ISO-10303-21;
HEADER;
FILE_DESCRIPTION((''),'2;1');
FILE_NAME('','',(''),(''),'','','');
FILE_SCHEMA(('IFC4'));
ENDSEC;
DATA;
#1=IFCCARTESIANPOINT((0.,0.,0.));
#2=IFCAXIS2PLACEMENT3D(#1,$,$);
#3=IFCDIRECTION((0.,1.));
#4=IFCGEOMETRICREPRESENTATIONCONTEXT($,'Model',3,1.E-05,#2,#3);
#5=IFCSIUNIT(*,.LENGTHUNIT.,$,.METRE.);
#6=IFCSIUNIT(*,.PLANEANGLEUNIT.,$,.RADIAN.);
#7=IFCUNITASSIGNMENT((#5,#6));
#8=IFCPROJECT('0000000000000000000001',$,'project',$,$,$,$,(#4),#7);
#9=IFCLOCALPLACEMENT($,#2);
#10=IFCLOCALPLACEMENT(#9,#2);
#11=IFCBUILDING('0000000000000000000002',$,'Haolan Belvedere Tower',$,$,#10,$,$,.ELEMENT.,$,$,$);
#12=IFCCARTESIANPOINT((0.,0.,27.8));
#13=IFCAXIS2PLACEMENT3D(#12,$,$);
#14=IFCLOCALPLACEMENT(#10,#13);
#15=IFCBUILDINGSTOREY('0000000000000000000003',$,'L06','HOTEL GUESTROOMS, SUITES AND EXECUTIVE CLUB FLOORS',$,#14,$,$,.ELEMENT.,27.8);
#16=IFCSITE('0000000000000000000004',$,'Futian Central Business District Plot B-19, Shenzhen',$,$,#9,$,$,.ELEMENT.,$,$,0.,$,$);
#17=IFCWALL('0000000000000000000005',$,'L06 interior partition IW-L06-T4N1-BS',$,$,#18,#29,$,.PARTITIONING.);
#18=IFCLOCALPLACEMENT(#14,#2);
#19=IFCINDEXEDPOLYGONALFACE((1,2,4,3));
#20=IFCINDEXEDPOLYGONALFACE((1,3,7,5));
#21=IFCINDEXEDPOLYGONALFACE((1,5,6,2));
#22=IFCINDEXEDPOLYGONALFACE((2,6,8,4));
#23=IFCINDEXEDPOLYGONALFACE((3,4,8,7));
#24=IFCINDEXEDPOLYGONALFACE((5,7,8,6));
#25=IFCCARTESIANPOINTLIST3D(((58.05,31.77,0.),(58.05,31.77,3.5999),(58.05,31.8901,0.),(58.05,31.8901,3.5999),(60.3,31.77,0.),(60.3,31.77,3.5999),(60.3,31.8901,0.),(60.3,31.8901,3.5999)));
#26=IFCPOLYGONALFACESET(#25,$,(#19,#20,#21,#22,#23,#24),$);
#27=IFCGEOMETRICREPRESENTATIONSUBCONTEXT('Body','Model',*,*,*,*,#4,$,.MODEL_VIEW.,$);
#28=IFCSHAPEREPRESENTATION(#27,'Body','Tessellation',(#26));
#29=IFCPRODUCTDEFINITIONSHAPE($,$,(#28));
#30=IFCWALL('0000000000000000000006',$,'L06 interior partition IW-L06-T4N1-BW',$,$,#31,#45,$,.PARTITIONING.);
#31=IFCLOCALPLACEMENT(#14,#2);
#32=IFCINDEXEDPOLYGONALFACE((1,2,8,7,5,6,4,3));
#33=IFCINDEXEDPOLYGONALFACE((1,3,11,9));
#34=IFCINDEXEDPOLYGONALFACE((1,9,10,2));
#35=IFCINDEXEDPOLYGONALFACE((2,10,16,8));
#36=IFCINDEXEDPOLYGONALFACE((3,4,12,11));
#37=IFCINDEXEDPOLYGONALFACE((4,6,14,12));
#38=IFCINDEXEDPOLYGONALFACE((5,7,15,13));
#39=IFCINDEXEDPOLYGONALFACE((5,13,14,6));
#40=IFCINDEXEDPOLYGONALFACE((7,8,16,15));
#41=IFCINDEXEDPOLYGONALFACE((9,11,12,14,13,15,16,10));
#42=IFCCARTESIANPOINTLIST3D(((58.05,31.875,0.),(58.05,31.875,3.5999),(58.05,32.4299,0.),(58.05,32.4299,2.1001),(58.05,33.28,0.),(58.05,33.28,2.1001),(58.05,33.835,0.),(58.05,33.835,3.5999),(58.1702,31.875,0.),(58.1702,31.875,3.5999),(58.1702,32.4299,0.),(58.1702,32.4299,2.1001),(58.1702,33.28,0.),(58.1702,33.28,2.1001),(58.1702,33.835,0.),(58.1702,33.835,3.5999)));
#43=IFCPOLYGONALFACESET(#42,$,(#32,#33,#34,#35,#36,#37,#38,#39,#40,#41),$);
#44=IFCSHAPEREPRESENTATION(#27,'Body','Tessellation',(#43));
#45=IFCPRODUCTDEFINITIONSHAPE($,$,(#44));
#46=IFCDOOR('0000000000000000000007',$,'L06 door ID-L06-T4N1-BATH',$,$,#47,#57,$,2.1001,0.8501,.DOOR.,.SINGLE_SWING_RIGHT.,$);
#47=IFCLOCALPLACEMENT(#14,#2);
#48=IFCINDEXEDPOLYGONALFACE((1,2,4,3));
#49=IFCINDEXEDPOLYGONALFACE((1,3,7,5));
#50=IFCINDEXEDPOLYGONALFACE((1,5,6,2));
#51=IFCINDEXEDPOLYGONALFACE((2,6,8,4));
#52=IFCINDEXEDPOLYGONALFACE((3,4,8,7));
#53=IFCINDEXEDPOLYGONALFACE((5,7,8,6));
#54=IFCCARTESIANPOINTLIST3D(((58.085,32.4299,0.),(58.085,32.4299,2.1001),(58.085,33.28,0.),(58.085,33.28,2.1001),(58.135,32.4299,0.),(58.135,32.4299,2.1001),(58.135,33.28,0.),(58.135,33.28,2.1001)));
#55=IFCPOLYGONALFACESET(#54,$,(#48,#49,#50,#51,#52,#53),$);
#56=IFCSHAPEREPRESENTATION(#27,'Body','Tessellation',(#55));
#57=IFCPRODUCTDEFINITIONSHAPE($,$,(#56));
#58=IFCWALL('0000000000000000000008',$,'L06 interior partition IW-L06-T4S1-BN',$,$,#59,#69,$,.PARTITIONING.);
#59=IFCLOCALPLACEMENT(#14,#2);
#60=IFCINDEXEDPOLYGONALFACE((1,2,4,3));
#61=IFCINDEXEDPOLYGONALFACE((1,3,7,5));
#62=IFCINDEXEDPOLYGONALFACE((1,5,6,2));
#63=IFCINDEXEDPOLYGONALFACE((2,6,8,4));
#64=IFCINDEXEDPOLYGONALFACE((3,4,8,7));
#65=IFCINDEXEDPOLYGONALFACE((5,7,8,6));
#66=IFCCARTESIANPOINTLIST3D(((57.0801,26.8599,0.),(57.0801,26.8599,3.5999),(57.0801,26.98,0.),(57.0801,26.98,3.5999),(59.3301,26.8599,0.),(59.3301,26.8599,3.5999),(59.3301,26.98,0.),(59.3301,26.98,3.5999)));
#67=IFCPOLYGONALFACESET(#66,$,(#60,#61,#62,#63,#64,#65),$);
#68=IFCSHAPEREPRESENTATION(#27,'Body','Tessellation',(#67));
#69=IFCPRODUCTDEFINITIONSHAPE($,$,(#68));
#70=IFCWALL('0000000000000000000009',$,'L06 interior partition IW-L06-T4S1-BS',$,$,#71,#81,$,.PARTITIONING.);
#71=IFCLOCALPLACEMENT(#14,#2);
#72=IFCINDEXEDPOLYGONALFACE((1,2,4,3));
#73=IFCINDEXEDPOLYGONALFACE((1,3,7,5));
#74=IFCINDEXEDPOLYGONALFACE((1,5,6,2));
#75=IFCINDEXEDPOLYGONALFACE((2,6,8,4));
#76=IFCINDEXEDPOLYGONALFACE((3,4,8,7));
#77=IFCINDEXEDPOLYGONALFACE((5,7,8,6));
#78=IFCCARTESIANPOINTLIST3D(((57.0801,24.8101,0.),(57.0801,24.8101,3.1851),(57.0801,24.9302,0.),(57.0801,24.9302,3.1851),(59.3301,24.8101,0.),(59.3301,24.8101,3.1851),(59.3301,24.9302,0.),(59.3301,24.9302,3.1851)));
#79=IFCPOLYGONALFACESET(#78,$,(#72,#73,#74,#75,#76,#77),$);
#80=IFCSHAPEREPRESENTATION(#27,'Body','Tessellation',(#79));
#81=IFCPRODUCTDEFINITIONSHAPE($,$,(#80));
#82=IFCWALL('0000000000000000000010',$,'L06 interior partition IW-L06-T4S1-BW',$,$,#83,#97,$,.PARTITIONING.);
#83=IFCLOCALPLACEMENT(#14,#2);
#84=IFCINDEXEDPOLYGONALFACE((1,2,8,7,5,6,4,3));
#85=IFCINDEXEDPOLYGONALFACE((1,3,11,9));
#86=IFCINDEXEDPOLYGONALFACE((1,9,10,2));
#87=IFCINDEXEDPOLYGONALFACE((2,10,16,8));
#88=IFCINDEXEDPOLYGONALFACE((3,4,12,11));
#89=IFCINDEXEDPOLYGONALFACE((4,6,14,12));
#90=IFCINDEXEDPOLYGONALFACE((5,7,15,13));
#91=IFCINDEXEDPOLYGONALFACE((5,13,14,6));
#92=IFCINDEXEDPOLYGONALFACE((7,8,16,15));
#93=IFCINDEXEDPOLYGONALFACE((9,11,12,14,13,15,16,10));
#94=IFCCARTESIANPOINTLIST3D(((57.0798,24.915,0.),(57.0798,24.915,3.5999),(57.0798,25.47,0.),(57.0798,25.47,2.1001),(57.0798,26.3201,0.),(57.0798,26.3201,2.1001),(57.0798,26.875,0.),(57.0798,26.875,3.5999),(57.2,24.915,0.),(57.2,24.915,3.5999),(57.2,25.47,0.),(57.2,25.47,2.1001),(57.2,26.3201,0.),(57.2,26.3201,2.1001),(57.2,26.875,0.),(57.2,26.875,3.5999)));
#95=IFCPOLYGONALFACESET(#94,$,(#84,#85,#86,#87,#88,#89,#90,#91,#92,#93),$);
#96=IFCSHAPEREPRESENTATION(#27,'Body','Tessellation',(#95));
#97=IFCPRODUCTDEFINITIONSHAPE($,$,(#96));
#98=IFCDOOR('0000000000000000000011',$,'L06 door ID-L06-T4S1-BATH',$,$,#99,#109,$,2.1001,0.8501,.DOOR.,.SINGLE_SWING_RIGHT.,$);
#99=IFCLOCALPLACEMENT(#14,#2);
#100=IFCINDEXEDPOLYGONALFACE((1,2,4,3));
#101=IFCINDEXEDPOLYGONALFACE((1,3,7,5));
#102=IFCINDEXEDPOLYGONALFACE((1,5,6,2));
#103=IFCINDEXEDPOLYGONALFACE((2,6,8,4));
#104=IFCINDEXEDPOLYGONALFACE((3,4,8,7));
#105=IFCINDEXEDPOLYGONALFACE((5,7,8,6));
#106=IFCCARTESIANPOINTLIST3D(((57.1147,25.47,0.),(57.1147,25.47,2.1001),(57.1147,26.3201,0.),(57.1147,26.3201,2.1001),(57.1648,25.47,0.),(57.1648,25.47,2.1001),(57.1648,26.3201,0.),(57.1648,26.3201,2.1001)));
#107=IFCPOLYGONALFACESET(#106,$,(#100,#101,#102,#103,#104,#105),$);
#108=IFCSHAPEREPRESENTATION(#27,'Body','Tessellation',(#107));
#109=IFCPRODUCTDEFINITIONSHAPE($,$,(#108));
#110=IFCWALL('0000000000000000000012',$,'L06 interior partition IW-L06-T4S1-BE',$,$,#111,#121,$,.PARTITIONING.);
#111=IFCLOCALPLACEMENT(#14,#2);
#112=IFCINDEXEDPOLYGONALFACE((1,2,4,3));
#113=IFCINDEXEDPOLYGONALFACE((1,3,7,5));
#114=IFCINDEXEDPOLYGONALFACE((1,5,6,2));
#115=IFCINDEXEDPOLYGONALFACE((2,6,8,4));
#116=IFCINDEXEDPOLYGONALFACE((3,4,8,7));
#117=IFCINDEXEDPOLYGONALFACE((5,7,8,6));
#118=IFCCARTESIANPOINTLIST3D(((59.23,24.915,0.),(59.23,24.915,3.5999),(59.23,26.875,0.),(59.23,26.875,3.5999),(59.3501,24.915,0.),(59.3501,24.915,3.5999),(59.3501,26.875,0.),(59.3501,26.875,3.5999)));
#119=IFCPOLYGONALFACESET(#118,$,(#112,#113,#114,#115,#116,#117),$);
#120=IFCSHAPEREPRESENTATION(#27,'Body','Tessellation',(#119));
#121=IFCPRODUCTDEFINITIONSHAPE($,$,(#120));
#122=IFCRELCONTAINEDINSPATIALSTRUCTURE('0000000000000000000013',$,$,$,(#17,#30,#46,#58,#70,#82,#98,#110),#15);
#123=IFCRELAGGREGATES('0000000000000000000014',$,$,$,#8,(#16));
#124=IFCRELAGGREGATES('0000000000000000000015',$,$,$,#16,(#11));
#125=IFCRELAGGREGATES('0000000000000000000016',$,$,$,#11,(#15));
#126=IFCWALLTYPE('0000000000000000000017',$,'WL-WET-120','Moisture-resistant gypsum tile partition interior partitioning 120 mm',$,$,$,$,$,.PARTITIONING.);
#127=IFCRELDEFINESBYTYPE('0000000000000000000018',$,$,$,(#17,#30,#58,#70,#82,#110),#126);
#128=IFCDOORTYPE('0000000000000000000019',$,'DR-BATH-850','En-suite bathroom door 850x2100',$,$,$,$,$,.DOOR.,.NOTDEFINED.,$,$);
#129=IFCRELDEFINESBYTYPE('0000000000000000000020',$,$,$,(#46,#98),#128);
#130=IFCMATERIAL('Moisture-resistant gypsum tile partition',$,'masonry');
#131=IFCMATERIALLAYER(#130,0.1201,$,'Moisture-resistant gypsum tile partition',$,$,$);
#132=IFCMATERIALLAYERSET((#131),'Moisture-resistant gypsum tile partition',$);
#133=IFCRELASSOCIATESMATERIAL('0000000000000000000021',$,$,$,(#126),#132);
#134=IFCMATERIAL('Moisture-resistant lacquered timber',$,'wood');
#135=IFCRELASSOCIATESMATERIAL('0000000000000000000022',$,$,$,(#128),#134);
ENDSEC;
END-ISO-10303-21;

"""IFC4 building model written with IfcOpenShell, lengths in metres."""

from ifc_helpers import new_model, si_unit, direction, frame, frame_2d, origin, place, context, subcontext, project, spatial, rectangle, extrude, material, layer, layer_set, type_object, element, fill, save


model = new_model("IFC4")

# Units and contexts
model_context = context("Model", 3, precision=1e-05, world=origin(), true_north=direction((0.0, 1.0)))
body_context = subcontext(model_context, "Body", "Model", "MODEL_VIEW")
ifc_project = project(units=[si_unit("LENGTHUNIT", "METRE"), si_unit("PLANEANGLEUNIT", "RADIAN")], contexts=[model_context])

# Site, building, storey
site_placement = place(None, origin())
site = spatial("IfcSite", under=ifc_project, at=site_placement, Name="Futian Central Business District Plot B-19, Shenzhen", CompositionType="ELEMENT", RefElevation=0.0)
building_placement = place(site_placement, origin())
building = spatial("IfcBuilding", under=site, at=building_placement, Name="Haolan Belvedere Tower", CompositionType="ELEMENT")
storey_placement = place(building_placement, frame((0.0, 0.0, 27.8)))
storey = spatial("IfcBuildingStorey", under=building, at=storey_placement, Name="L06", Description="HOTEL GUESTROOMS, SUITES AND EXECUTIVE CLUB FLOORS", CompositionType="ELEMENT", Elevation=27.8)

# Wall
ifc_material_1 = material(Name="Moisture-resistant gypsum tile partition", Category="masonry")
ifc_layer_1 = layer(ifc_material_1, 0.1201, Name="Moisture-resistant gypsum tile partition")
ifc_layer_set_1 = layer_set([ifc_layer_1], Name="Moisture-resistant gypsum tile partition")
wall_type_1 = type_object("IfcWallType", Name="WL-WET-120", Description="Moisture-resistant gypsum tile partition interior partitioning 120 mm", PredefinedType="PARTITIONING", material=ifc_layer_set_1)
wall_1_placement = place(storey_placement, frame((58.05, 31.8301, 0.0), z_axis=(0.0, 0.0, 1.0), x_axis=(1.0, 0.0, 0.0)))
element("IfcWall", 1, at=wall_1_placement, inside=storey, type_object=wall_type_1, Name="L06 interior partition IW-L06-T4N1-BS", PredefinedType="PARTITIONING", context=body_context, shape_type="SweptSolid", body=[
    extrude(rectangle(XDim=2.25, YDim=0.1201, at=frame_2d((1.125, 0.0))), origin(), (0.0, 0.0, 1.0), 3.5999),
])

# Wall, opening, door
wall_2_placement = place(storey_placement, frame((58.1101, 31.875, 0.0), z_axis=(0.0, 0.0, 1.0), x_axis=(0.0, 1.0, 0.0)))
wall_2 = element("IfcWall", 2, at=wall_2_placement, inside=storey, type_object=wall_type_1, Name="L06 interior partition IW-L06-T4N1-BW", PredefinedType="PARTITIONING", context=body_context, shape_type="SweptSolid", body=[
    extrude(rectangle(XDim=1.96, YDim=0.1201, at=frame_2d((0.98, 0.0))), origin(), (0.0, 0.0, 1.0), 3.5999),
])
opening_1_placement = place(wall_2_placement, frame((1.405, 0.0, 0.0), z_axis=(0.0, 0.0, 1.0), x_axis=(-1.0, 0.0, 0.0)))
opening_1 = element("IfcOpeningElement", 3, at=opening_1_placement, cuts=wall_2, PredefinedType="OPENING", context=body_context, shape_type="SweptSolid", body=[
    extrude(rectangle(XDim=0.8501, YDim=2.1001, at=frame_2d((0.425, 1.05))), frame((0.0, 0.0701, 0.0), z_axis=(0.0, -1.0, 0.0), x_axis=(1.0, 0.0, 0.0)), (0.0, 0.0, 1.0), 0.1401),
])
ifc_material_2 = material(Name="Moisture-resistant lacquered timber", Category="wood")
door_type_1 = type_object("IfcDoorType", Name="DR-BATH-850", Description="En-suite bathroom door 850x2100", OperationType="NOTDEFINED", PredefinedType="DOOR", material=ifc_material_2)
door_1_placement = place(opening_1_placement, origin())
door_1 = element("IfcDoor", 4, at=door_1_placement, inside=storey, type_object=door_type_1, Name="L06 door ID-L06-T4N1-BATH", OperationType="SINGLE_SWING_RIGHT", OverallHeight=2.1001, OverallWidth=0.8501, PredefinedType="DOOR", context=body_context, shape_type="SweptSolid", body=[
    extrude(rectangle(XDim=0.8501, YDim=2.1001, at=frame_2d((0.425, 1.05))), frame((0.0, 0.0249, 0.0), z_axis=(0.0, -1.0, 0.0), x_axis=(1.0, 0.0, 0.0)), (0.0, 0.0, 1.0), 0.05),
])
fill(opening_1, door_1)

# Walls
wall_3_placement = place(storey_placement, frame((57.0801, 26.9199, 0.0), z_axis=(0.0, 0.0, 1.0), x_axis=(1.0, 0.0, 0.0)))
element("IfcWall", 5, at=wall_3_placement, inside=storey, type_object=wall_type_1, Name="L06 interior partition IW-L06-T4S1-BN", PredefinedType="PARTITIONING", context=body_context, shape_type="SweptSolid", body=[
    extrude(rectangle(XDim=2.25, YDim=0.1201, at=frame_2d((1.125, 0.0))), origin(), (0.0, 0.0, 1.0), 3.5999),
])
wall_4_placement = place(storey_placement, frame((57.0801, 24.8701, 0.0), z_axis=(0.0, 0.0, 1.0), x_axis=(1.0, 0.0, 0.0)))
element("IfcWall", 6, at=wall_4_placement, inside=storey, type_object=wall_type_1, Name="L06 interior partition IW-L06-T4S1-BS", PredefinedType="PARTITIONING", context=body_context, shape_type="SweptSolid", body=[
    extrude(rectangle(XDim=2.25, YDim=0.1201, at=frame_2d((1.125, 0.0))), origin(), (0.0, 0.0, 1.0), 3.1851),
])

# Wall, opening, door
wall_5_placement = place(storey_placement, frame((57.1399, 24.915, 0.0), z_axis=(0.0, 0.0, 1.0), x_axis=(0.0, 1.0, 0.0)))
wall_5 = element("IfcWall", 7, at=wall_5_placement, inside=storey, type_object=wall_type_1, Name="L06 interior partition IW-L06-T4S1-BW", PredefinedType="PARTITIONING", context=body_context, shape_type="SweptSolid", body=[
    extrude(rectangle(XDim=1.96, YDim=0.1201, at=frame_2d((0.98, 0.0))), origin(), (0.0, 0.0, 1.0), 3.5999),
])
opening_2_placement = place(wall_5_placement, frame((1.405, 0.0, 0.0), z_axis=(0.0, 0.0, 1.0), x_axis=(-1.0, 0.0, 0.0)))
opening_2 = element("IfcOpeningElement", 8, at=opening_2_placement, cuts=wall_5, PredefinedType="OPENING", context=body_context, shape_type="SweptSolid", body=[
    extrude(rectangle(XDim=0.8501, YDim=2.1001, at=frame_2d((0.425, 1.05))), frame((0.0, 0.0701, 0.0), z_axis=(0.0, -1.0, 0.0), x_axis=(1.0, 0.0, 0.0)), (0.0, 0.0, 1.0), 0.1401),
])
door_2_placement = place(opening_2_placement, origin())
door_2 = element("IfcDoor", 9, at=door_2_placement, inside=storey, type_object=door_type_1, Name="L06 door ID-L06-T4S1-BATH", OperationType="SINGLE_SWING_RIGHT", OverallHeight=2.1001, OverallWidth=0.8501, PredefinedType="DOOR", context=body_context, shape_type="SweptSolid", body=[
    extrude(rectangle(XDim=0.8501, YDim=2.1001, at=frame_2d((0.425, 1.05))), frame((0.0, 0.0249, 0.0), z_axis=(0.0, -1.0, 0.0), x_axis=(1.0, 0.0, 0.0)), (0.0, 0.0, 1.0), 0.05),
])
fill(opening_2, door_2)

# Wall
wall_6_placement = place(storey_placement, frame((59.29, 24.915, 0.0), z_axis=(0.0, 0.0, 1.0), x_axis=(0.0, 1.0, 0.0)))
element("IfcWall", 10, at=wall_6_placement, inside=storey, type_object=wall_type_1, Name="L06 interior partition IW-L06-T4S1-BE", PredefinedType="PARTITIONING", context=body_context, shape_type="SweptSolid", body=[
    extrude(rectangle(XDim=1.96, YDim=0.1201, at=frame_2d((0.98, 0.0))), origin(), (0.0, 0.0, 1.0), 3.5999),
])

save(model, "model.ifc")
